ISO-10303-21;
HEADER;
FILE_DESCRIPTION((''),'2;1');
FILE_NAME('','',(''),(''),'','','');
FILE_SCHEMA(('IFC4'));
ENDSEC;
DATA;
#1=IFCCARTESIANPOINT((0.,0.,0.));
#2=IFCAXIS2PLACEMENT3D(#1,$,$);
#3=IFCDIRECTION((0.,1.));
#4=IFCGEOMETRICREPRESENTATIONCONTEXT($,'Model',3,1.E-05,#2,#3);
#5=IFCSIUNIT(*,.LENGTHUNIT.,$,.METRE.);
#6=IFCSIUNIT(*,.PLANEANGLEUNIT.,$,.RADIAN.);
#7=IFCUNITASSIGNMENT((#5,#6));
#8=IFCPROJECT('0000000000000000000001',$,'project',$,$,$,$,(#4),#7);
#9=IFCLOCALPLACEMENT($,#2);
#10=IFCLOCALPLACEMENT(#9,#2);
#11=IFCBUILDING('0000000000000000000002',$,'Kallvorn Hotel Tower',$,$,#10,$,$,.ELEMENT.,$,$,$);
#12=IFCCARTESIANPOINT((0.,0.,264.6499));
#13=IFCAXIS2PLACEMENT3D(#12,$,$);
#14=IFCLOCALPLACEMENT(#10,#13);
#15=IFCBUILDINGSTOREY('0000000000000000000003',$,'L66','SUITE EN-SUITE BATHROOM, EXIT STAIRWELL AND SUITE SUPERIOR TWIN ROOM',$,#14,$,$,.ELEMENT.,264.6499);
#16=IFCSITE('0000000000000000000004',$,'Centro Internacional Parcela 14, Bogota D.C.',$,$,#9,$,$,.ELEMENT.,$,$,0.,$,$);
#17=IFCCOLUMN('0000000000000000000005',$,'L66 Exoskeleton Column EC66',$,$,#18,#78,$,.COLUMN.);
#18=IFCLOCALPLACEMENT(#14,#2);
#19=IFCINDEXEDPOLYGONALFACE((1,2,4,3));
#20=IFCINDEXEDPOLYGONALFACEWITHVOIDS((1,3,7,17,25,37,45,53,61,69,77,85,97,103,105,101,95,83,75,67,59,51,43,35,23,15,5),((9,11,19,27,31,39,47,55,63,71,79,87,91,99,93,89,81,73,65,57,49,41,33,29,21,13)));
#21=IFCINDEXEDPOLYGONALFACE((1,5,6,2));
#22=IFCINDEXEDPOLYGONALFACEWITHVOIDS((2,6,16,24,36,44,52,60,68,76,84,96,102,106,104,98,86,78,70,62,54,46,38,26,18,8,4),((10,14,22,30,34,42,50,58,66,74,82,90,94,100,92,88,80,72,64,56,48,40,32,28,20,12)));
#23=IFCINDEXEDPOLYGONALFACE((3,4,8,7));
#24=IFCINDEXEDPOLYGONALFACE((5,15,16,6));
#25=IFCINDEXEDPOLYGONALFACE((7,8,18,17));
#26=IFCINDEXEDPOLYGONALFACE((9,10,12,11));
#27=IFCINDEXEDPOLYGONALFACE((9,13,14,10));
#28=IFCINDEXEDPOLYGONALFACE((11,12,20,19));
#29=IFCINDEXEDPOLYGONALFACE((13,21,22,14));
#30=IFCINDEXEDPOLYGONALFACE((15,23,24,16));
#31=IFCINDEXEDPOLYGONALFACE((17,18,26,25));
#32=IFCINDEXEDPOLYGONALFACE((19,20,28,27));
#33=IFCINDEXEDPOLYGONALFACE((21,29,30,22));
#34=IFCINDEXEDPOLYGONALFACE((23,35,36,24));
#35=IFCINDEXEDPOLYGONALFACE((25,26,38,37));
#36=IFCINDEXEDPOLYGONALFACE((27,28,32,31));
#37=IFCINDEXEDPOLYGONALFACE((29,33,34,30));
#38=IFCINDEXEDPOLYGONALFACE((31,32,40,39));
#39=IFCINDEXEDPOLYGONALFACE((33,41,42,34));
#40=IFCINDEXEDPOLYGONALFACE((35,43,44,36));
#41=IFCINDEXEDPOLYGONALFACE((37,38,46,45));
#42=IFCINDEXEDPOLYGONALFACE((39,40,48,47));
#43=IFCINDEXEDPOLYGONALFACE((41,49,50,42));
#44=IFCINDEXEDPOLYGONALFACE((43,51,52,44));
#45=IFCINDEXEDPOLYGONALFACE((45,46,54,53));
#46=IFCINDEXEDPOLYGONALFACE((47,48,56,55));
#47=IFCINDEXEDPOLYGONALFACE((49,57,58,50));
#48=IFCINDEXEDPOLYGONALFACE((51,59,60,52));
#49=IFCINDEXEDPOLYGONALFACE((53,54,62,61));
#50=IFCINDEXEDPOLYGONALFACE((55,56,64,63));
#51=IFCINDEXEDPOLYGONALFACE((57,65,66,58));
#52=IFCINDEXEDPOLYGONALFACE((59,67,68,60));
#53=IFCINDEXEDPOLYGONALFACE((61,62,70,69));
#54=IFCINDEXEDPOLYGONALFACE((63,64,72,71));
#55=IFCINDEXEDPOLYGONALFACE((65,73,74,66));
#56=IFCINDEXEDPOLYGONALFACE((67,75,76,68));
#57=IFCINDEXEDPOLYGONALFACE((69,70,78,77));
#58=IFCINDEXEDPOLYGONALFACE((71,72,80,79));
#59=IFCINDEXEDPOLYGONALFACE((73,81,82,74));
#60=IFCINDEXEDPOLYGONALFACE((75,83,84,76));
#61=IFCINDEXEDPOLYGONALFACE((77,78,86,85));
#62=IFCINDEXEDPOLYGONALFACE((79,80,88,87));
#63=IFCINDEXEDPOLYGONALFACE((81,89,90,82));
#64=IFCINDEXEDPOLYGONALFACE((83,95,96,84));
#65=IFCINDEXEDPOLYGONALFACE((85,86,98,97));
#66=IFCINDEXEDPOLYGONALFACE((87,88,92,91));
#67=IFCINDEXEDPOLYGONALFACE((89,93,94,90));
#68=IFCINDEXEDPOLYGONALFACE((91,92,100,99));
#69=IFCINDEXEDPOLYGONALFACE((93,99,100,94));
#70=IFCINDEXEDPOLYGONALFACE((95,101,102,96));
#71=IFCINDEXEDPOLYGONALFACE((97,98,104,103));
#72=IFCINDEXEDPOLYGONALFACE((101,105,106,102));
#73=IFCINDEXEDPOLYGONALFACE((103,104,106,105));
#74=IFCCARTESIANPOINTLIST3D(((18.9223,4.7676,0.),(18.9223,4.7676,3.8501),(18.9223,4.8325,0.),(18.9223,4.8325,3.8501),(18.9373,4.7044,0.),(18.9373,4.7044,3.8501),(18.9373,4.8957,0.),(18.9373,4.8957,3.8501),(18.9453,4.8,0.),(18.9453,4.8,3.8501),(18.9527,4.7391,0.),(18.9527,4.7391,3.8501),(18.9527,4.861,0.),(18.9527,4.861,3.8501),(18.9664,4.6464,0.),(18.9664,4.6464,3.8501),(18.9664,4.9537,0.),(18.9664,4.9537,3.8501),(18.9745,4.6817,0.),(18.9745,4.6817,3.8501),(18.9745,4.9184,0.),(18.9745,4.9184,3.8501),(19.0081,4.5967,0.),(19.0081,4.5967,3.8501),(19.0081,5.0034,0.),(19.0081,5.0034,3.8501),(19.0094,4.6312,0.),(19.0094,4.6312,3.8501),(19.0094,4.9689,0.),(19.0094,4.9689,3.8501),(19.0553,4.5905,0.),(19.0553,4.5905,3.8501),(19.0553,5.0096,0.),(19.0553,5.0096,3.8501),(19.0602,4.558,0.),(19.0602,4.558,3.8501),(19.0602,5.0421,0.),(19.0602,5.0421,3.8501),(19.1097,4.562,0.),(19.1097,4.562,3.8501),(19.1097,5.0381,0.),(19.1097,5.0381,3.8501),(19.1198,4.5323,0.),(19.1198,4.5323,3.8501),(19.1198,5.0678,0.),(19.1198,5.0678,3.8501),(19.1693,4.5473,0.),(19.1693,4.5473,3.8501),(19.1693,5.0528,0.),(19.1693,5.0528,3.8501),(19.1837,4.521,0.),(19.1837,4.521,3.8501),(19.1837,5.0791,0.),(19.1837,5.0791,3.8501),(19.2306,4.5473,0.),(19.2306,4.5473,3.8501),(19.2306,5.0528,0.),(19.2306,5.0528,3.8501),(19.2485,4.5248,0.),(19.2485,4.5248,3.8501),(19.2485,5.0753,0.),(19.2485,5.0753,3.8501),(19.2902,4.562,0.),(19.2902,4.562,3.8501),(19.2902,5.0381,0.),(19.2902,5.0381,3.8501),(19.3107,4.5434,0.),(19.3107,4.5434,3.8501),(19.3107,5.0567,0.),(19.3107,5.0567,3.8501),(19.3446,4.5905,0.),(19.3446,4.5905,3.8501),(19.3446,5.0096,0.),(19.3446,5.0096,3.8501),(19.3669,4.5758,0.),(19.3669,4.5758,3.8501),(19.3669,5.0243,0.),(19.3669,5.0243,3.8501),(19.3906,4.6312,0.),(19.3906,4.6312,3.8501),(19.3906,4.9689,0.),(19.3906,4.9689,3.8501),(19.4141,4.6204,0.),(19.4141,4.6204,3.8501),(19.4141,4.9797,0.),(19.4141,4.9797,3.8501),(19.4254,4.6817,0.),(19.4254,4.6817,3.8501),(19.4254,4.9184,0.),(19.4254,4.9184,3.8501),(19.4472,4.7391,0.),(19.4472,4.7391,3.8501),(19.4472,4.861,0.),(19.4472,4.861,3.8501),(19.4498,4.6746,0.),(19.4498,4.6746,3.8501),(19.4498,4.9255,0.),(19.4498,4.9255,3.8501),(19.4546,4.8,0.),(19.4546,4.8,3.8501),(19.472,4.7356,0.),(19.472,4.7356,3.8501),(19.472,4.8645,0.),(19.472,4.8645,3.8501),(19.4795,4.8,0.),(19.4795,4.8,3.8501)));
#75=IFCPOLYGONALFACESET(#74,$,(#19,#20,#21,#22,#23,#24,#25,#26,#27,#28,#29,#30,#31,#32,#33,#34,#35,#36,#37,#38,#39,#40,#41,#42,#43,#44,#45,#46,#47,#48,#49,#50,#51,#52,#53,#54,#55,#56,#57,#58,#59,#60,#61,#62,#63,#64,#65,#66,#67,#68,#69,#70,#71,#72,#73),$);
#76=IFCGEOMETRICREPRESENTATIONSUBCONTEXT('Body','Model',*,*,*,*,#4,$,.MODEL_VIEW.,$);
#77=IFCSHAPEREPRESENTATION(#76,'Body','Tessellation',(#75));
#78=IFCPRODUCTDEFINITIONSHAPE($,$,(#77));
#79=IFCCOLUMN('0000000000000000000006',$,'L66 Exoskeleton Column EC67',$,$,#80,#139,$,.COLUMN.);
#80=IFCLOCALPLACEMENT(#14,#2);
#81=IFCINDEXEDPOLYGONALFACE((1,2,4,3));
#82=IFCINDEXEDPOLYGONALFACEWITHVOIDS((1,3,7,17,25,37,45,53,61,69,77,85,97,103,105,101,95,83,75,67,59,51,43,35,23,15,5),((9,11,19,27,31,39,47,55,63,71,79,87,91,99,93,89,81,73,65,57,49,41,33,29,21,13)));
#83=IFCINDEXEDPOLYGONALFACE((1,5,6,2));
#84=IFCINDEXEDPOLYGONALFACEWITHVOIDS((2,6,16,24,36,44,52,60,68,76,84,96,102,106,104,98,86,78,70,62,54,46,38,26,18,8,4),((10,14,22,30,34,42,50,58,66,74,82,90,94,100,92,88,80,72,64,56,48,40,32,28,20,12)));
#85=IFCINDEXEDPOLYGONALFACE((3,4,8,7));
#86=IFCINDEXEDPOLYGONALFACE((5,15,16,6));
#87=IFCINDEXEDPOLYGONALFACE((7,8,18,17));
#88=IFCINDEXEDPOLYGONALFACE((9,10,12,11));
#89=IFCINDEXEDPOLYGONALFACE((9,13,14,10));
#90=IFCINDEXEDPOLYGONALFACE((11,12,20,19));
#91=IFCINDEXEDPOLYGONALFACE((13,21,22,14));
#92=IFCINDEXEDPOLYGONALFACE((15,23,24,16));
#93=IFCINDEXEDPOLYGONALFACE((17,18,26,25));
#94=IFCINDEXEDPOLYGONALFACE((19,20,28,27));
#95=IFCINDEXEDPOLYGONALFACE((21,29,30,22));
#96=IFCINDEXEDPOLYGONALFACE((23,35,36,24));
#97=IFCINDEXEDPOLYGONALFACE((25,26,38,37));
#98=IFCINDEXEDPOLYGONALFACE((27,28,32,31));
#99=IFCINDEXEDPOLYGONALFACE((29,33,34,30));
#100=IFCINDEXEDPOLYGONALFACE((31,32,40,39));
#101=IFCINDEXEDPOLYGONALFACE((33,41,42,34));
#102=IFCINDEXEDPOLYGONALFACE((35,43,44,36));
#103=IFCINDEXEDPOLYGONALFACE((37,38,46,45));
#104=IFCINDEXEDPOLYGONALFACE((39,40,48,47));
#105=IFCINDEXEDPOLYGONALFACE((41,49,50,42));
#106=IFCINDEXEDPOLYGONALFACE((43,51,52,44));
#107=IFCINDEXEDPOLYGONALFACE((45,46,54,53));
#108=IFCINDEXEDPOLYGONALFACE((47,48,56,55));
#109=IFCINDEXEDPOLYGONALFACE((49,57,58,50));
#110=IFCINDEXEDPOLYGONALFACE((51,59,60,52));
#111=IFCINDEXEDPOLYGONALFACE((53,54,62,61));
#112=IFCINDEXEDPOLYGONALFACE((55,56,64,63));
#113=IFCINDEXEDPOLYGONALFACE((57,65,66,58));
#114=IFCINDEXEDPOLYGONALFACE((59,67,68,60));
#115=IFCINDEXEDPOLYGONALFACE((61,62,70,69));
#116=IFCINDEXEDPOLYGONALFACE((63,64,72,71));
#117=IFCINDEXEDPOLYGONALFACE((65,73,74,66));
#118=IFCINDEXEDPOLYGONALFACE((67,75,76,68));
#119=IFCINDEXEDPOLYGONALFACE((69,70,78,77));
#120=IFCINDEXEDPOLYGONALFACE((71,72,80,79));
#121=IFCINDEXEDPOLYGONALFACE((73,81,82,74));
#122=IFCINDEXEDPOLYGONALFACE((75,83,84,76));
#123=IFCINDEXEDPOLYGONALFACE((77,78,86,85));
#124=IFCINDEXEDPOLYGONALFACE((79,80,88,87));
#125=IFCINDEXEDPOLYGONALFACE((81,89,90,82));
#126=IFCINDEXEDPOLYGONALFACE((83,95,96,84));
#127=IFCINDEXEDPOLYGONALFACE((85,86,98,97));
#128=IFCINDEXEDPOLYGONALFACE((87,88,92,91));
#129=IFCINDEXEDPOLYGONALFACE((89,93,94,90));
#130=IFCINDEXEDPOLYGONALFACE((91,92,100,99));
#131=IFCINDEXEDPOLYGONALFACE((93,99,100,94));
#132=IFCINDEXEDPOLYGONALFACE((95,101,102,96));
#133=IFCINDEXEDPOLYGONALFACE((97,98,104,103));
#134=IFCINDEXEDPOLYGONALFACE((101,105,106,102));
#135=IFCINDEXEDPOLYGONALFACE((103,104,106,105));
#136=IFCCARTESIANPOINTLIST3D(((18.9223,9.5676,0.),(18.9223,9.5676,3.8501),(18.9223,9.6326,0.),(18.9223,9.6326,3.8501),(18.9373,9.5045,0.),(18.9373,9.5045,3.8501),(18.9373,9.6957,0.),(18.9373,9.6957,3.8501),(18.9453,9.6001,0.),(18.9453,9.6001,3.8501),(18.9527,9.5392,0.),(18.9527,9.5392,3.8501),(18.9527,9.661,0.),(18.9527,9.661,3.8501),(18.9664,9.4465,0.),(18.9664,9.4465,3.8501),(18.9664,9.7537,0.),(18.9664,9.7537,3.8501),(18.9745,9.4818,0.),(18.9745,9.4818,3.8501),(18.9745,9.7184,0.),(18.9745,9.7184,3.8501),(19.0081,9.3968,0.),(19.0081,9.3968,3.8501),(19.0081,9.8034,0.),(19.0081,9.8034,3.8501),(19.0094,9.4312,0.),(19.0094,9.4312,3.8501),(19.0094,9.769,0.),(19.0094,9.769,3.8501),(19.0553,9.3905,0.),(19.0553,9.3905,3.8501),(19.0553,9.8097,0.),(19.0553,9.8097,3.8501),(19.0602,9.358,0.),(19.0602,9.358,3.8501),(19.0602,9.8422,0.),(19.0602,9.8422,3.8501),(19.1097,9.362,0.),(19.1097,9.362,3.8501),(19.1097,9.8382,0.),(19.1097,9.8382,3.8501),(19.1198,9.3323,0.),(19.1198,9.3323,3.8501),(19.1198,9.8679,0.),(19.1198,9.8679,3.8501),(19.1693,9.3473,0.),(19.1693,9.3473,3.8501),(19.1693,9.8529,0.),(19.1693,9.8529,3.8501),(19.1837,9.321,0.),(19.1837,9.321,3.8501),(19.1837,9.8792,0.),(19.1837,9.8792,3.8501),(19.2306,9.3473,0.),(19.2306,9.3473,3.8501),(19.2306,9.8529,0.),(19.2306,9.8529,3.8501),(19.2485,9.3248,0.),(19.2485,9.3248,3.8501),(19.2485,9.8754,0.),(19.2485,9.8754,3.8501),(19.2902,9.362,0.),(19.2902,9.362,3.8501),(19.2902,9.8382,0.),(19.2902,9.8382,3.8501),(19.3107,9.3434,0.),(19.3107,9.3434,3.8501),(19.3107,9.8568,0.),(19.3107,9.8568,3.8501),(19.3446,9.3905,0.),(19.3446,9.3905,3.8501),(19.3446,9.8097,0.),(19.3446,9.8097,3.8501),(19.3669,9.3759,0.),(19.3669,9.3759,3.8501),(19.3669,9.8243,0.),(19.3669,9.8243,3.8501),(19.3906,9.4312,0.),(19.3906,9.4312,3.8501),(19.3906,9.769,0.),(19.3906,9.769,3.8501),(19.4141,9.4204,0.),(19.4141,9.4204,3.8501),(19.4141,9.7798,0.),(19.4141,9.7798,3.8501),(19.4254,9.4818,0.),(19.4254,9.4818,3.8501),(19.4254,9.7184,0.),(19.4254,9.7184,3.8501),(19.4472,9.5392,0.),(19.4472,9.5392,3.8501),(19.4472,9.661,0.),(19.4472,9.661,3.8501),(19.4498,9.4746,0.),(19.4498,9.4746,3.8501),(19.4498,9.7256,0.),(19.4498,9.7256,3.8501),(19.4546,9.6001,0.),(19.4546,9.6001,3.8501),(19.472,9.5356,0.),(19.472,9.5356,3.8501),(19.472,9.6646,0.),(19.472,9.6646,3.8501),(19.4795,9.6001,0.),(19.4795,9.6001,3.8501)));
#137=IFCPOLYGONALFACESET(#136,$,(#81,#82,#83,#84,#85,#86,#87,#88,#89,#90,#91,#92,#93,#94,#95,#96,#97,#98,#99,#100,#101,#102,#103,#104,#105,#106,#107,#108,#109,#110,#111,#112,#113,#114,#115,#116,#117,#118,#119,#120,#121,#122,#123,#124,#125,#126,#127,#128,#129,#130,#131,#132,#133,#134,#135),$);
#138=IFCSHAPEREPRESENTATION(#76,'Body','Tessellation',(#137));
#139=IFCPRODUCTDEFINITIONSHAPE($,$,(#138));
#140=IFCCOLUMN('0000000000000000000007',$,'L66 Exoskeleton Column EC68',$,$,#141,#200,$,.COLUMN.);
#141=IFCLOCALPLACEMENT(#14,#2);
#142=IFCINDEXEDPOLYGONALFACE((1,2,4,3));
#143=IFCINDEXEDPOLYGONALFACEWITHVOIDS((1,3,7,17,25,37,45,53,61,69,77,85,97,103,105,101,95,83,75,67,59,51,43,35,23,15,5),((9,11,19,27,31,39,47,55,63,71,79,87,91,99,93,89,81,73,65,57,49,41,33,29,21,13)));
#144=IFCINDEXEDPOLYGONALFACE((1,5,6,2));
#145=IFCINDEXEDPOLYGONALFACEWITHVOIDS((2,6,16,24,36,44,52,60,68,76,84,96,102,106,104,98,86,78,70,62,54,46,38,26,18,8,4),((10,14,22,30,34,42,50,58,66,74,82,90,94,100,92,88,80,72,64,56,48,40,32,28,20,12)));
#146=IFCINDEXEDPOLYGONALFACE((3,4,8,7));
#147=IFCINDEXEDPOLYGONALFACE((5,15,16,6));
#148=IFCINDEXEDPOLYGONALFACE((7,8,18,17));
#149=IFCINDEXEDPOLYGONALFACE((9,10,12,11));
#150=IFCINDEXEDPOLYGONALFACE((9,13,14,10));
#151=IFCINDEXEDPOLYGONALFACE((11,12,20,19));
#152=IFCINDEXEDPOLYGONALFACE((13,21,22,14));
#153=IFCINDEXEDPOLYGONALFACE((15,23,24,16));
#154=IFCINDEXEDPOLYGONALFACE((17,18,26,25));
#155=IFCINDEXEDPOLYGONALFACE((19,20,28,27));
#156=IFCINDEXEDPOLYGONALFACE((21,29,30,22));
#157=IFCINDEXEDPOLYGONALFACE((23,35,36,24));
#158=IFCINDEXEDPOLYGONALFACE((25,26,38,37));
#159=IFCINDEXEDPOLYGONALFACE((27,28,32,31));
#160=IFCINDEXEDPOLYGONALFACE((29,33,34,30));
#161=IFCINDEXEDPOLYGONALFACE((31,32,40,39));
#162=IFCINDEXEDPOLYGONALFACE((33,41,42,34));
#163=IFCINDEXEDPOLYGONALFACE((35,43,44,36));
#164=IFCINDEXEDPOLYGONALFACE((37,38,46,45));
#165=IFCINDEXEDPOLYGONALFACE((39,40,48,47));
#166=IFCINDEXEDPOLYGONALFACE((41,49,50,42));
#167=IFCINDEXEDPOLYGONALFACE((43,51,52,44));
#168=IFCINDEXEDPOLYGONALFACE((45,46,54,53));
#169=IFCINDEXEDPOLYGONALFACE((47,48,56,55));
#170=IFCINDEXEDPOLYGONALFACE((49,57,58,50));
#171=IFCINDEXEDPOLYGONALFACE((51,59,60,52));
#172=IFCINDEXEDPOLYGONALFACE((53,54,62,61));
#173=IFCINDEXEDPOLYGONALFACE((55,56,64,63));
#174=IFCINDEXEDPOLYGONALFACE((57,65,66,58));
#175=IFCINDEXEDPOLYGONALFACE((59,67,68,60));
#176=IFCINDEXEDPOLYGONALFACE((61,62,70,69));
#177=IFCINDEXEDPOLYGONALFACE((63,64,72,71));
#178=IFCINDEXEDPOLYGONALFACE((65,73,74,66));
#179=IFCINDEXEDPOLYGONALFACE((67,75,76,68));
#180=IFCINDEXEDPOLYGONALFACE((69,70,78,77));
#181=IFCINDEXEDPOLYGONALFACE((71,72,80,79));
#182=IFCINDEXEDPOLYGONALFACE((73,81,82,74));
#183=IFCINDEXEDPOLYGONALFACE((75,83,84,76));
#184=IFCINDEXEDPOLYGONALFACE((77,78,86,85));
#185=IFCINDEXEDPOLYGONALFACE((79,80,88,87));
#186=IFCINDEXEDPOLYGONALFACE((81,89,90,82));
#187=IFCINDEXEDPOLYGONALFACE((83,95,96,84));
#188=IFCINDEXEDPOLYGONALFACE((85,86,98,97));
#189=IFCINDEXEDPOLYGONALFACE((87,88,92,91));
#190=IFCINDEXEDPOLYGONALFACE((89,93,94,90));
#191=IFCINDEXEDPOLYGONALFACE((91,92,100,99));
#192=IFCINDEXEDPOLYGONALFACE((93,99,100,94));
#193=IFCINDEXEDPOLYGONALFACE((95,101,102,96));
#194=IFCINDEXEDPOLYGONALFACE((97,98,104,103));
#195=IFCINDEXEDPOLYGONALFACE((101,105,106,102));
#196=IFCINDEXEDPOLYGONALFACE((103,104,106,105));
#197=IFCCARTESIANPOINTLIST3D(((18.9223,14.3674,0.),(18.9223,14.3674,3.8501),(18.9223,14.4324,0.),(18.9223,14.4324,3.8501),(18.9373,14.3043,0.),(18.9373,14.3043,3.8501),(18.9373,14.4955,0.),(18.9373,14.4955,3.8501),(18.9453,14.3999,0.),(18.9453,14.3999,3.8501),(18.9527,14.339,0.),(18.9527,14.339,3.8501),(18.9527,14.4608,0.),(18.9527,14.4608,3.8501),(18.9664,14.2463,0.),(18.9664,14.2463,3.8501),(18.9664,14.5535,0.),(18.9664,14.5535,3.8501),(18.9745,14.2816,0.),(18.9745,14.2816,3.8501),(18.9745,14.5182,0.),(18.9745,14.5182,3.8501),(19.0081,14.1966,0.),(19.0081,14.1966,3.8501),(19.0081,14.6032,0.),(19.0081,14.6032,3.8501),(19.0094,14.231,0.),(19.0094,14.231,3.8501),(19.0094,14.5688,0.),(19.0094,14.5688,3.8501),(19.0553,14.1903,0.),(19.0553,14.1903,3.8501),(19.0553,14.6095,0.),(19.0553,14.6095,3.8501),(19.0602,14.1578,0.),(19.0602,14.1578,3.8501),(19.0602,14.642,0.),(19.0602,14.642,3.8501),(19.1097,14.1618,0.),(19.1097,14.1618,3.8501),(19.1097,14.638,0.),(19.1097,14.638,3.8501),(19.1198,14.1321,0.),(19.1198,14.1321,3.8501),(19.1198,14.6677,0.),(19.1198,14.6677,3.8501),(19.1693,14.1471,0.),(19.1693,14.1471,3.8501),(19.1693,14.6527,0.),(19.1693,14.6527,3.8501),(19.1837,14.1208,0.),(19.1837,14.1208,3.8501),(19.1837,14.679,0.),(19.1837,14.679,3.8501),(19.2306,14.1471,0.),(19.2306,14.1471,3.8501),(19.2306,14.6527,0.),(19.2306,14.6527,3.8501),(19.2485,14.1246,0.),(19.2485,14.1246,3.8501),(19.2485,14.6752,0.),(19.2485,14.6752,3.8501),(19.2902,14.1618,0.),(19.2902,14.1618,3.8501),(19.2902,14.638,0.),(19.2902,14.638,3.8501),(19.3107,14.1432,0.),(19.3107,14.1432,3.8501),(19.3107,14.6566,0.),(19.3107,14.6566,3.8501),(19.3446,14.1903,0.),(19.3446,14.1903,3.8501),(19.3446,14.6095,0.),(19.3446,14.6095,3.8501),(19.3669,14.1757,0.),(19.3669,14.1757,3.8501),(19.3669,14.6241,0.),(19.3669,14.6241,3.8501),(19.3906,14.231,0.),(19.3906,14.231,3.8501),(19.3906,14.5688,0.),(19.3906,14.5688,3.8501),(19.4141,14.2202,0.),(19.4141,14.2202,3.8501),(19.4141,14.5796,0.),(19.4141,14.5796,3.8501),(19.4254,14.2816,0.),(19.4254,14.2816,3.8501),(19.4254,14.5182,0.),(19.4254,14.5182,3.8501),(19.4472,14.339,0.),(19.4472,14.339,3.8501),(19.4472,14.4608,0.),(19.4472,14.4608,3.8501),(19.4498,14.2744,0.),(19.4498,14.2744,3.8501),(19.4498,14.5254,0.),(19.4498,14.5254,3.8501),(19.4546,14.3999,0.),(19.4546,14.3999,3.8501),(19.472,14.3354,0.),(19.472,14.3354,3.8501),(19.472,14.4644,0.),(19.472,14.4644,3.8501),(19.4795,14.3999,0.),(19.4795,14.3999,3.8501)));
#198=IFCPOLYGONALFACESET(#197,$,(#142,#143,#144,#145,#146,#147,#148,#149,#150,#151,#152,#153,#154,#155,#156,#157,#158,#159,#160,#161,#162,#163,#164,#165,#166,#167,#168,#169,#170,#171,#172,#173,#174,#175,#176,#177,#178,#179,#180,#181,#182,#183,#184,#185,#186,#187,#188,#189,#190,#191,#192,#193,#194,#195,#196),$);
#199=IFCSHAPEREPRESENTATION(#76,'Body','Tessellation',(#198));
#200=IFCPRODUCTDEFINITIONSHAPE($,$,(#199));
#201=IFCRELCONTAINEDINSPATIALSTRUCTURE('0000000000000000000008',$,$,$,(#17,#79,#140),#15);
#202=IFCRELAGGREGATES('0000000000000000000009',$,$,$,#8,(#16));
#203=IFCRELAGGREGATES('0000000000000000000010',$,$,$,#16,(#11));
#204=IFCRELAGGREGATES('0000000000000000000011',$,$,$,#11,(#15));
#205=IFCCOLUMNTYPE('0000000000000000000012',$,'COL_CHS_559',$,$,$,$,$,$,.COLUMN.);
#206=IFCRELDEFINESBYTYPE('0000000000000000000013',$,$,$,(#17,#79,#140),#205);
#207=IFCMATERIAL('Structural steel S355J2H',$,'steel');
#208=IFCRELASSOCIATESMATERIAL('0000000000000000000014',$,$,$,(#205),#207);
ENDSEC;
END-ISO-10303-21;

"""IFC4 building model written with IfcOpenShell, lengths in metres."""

from ifc_helpers import new_model, si_unit, direction, frame, origin, origin_2d, place, context, subcontext, project, spatial, hollow_circle, extrude, material, material_profile, profile_set, type_object, element, save


model = new_model("IFC4")

# Units and contexts
model_context = context("Model", 3, precision=1e-05, world=origin(), true_north=direction((0.0, 1.0)))
body_context = subcontext(model_context, "Body", "Model", "MODEL_VIEW")
ifc_project = project(units=[si_unit("LENGTHUNIT", "METRE"), si_unit("PLANEANGLEUNIT", "RADIAN")], contexts=[model_context])

# Site, building, storey
site_placement = place(None, origin())
site = spatial("IfcSite", under=ifc_project, at=site_placement, Name="Centro Internacional Parcela 14, Bogota D.C.", CompositionType="ELEMENT", RefElevation=0.0)
building_placement = place(site_placement, origin())
building = spatial("IfcBuilding", under=site, at=building_placement, Name="Kallvorn Hotel Tower", CompositionType="ELEMENT")
storey_placement = place(building_placement, frame((0.0, 0.0, 264.6499)))
storey = spatial("IfcBuildingStorey", under=building, at=storey_placement, Name="L66", Description="SUITE EN-SUITE BATHROOM, EXIT STAIRWELL AND SUITE SUPERIOR TWIN ROOM", CompositionType="ELEMENT", Elevation=264.6499)

# Columns
ifc_material_1 = material(Name="Structural steel S355J2H", Category="steel")
ifc_material_profile_1 = material_profile(ifc_material_1, hollow_circle(Radius=0.2795, WallThickness=0.0249, at=origin_2d()), Name="CHS 559x25")
ifc_profile_set_1 = profile_set([ifc_material_profile_1], Name="Structural steel S355J2H")
column_type_1 = type_object("IfcColumnType", Name="COL_CHS_559", PredefinedType="COLUMN", material=ifc_profile_set_1)
for number, where, z_axis, x_axis, name in (
    (1, (19.2, 4.8, 0.0), (0.0, 0.0, 1.0), (1.0, 0.0, 0.0), "L66 Exoskeleton Column EC66"),
    (2, (19.2, 9.6001, 0.0), (0.0, 0.0, 1.0), (1.0, 0.0, 0.0), "L66 Exoskeleton Column EC67"),
    (3, (19.2, 14.3999, 0.0), (0.0, 0.0, 1.0), (1.0, 0.0, 0.0), "L66 Exoskeleton Column EC68"),
):
    element("IfcColumn", number, at=place(storey_placement, frame(where, z_axis=z_axis, x_axis=x_axis)), inside=storey, type_object=column_type_1, Name=name, PredefinedType="COLUMN", context=body_context, shape_type="SweptSolid", body=[
        extrude(hollow_circle(Radius=0.2795, WallThickness=0.0249, at=origin_2d()), origin(), (0.0, 0.0, 1.0), 3.8501),
    ])

save(model, "model.ifc")
